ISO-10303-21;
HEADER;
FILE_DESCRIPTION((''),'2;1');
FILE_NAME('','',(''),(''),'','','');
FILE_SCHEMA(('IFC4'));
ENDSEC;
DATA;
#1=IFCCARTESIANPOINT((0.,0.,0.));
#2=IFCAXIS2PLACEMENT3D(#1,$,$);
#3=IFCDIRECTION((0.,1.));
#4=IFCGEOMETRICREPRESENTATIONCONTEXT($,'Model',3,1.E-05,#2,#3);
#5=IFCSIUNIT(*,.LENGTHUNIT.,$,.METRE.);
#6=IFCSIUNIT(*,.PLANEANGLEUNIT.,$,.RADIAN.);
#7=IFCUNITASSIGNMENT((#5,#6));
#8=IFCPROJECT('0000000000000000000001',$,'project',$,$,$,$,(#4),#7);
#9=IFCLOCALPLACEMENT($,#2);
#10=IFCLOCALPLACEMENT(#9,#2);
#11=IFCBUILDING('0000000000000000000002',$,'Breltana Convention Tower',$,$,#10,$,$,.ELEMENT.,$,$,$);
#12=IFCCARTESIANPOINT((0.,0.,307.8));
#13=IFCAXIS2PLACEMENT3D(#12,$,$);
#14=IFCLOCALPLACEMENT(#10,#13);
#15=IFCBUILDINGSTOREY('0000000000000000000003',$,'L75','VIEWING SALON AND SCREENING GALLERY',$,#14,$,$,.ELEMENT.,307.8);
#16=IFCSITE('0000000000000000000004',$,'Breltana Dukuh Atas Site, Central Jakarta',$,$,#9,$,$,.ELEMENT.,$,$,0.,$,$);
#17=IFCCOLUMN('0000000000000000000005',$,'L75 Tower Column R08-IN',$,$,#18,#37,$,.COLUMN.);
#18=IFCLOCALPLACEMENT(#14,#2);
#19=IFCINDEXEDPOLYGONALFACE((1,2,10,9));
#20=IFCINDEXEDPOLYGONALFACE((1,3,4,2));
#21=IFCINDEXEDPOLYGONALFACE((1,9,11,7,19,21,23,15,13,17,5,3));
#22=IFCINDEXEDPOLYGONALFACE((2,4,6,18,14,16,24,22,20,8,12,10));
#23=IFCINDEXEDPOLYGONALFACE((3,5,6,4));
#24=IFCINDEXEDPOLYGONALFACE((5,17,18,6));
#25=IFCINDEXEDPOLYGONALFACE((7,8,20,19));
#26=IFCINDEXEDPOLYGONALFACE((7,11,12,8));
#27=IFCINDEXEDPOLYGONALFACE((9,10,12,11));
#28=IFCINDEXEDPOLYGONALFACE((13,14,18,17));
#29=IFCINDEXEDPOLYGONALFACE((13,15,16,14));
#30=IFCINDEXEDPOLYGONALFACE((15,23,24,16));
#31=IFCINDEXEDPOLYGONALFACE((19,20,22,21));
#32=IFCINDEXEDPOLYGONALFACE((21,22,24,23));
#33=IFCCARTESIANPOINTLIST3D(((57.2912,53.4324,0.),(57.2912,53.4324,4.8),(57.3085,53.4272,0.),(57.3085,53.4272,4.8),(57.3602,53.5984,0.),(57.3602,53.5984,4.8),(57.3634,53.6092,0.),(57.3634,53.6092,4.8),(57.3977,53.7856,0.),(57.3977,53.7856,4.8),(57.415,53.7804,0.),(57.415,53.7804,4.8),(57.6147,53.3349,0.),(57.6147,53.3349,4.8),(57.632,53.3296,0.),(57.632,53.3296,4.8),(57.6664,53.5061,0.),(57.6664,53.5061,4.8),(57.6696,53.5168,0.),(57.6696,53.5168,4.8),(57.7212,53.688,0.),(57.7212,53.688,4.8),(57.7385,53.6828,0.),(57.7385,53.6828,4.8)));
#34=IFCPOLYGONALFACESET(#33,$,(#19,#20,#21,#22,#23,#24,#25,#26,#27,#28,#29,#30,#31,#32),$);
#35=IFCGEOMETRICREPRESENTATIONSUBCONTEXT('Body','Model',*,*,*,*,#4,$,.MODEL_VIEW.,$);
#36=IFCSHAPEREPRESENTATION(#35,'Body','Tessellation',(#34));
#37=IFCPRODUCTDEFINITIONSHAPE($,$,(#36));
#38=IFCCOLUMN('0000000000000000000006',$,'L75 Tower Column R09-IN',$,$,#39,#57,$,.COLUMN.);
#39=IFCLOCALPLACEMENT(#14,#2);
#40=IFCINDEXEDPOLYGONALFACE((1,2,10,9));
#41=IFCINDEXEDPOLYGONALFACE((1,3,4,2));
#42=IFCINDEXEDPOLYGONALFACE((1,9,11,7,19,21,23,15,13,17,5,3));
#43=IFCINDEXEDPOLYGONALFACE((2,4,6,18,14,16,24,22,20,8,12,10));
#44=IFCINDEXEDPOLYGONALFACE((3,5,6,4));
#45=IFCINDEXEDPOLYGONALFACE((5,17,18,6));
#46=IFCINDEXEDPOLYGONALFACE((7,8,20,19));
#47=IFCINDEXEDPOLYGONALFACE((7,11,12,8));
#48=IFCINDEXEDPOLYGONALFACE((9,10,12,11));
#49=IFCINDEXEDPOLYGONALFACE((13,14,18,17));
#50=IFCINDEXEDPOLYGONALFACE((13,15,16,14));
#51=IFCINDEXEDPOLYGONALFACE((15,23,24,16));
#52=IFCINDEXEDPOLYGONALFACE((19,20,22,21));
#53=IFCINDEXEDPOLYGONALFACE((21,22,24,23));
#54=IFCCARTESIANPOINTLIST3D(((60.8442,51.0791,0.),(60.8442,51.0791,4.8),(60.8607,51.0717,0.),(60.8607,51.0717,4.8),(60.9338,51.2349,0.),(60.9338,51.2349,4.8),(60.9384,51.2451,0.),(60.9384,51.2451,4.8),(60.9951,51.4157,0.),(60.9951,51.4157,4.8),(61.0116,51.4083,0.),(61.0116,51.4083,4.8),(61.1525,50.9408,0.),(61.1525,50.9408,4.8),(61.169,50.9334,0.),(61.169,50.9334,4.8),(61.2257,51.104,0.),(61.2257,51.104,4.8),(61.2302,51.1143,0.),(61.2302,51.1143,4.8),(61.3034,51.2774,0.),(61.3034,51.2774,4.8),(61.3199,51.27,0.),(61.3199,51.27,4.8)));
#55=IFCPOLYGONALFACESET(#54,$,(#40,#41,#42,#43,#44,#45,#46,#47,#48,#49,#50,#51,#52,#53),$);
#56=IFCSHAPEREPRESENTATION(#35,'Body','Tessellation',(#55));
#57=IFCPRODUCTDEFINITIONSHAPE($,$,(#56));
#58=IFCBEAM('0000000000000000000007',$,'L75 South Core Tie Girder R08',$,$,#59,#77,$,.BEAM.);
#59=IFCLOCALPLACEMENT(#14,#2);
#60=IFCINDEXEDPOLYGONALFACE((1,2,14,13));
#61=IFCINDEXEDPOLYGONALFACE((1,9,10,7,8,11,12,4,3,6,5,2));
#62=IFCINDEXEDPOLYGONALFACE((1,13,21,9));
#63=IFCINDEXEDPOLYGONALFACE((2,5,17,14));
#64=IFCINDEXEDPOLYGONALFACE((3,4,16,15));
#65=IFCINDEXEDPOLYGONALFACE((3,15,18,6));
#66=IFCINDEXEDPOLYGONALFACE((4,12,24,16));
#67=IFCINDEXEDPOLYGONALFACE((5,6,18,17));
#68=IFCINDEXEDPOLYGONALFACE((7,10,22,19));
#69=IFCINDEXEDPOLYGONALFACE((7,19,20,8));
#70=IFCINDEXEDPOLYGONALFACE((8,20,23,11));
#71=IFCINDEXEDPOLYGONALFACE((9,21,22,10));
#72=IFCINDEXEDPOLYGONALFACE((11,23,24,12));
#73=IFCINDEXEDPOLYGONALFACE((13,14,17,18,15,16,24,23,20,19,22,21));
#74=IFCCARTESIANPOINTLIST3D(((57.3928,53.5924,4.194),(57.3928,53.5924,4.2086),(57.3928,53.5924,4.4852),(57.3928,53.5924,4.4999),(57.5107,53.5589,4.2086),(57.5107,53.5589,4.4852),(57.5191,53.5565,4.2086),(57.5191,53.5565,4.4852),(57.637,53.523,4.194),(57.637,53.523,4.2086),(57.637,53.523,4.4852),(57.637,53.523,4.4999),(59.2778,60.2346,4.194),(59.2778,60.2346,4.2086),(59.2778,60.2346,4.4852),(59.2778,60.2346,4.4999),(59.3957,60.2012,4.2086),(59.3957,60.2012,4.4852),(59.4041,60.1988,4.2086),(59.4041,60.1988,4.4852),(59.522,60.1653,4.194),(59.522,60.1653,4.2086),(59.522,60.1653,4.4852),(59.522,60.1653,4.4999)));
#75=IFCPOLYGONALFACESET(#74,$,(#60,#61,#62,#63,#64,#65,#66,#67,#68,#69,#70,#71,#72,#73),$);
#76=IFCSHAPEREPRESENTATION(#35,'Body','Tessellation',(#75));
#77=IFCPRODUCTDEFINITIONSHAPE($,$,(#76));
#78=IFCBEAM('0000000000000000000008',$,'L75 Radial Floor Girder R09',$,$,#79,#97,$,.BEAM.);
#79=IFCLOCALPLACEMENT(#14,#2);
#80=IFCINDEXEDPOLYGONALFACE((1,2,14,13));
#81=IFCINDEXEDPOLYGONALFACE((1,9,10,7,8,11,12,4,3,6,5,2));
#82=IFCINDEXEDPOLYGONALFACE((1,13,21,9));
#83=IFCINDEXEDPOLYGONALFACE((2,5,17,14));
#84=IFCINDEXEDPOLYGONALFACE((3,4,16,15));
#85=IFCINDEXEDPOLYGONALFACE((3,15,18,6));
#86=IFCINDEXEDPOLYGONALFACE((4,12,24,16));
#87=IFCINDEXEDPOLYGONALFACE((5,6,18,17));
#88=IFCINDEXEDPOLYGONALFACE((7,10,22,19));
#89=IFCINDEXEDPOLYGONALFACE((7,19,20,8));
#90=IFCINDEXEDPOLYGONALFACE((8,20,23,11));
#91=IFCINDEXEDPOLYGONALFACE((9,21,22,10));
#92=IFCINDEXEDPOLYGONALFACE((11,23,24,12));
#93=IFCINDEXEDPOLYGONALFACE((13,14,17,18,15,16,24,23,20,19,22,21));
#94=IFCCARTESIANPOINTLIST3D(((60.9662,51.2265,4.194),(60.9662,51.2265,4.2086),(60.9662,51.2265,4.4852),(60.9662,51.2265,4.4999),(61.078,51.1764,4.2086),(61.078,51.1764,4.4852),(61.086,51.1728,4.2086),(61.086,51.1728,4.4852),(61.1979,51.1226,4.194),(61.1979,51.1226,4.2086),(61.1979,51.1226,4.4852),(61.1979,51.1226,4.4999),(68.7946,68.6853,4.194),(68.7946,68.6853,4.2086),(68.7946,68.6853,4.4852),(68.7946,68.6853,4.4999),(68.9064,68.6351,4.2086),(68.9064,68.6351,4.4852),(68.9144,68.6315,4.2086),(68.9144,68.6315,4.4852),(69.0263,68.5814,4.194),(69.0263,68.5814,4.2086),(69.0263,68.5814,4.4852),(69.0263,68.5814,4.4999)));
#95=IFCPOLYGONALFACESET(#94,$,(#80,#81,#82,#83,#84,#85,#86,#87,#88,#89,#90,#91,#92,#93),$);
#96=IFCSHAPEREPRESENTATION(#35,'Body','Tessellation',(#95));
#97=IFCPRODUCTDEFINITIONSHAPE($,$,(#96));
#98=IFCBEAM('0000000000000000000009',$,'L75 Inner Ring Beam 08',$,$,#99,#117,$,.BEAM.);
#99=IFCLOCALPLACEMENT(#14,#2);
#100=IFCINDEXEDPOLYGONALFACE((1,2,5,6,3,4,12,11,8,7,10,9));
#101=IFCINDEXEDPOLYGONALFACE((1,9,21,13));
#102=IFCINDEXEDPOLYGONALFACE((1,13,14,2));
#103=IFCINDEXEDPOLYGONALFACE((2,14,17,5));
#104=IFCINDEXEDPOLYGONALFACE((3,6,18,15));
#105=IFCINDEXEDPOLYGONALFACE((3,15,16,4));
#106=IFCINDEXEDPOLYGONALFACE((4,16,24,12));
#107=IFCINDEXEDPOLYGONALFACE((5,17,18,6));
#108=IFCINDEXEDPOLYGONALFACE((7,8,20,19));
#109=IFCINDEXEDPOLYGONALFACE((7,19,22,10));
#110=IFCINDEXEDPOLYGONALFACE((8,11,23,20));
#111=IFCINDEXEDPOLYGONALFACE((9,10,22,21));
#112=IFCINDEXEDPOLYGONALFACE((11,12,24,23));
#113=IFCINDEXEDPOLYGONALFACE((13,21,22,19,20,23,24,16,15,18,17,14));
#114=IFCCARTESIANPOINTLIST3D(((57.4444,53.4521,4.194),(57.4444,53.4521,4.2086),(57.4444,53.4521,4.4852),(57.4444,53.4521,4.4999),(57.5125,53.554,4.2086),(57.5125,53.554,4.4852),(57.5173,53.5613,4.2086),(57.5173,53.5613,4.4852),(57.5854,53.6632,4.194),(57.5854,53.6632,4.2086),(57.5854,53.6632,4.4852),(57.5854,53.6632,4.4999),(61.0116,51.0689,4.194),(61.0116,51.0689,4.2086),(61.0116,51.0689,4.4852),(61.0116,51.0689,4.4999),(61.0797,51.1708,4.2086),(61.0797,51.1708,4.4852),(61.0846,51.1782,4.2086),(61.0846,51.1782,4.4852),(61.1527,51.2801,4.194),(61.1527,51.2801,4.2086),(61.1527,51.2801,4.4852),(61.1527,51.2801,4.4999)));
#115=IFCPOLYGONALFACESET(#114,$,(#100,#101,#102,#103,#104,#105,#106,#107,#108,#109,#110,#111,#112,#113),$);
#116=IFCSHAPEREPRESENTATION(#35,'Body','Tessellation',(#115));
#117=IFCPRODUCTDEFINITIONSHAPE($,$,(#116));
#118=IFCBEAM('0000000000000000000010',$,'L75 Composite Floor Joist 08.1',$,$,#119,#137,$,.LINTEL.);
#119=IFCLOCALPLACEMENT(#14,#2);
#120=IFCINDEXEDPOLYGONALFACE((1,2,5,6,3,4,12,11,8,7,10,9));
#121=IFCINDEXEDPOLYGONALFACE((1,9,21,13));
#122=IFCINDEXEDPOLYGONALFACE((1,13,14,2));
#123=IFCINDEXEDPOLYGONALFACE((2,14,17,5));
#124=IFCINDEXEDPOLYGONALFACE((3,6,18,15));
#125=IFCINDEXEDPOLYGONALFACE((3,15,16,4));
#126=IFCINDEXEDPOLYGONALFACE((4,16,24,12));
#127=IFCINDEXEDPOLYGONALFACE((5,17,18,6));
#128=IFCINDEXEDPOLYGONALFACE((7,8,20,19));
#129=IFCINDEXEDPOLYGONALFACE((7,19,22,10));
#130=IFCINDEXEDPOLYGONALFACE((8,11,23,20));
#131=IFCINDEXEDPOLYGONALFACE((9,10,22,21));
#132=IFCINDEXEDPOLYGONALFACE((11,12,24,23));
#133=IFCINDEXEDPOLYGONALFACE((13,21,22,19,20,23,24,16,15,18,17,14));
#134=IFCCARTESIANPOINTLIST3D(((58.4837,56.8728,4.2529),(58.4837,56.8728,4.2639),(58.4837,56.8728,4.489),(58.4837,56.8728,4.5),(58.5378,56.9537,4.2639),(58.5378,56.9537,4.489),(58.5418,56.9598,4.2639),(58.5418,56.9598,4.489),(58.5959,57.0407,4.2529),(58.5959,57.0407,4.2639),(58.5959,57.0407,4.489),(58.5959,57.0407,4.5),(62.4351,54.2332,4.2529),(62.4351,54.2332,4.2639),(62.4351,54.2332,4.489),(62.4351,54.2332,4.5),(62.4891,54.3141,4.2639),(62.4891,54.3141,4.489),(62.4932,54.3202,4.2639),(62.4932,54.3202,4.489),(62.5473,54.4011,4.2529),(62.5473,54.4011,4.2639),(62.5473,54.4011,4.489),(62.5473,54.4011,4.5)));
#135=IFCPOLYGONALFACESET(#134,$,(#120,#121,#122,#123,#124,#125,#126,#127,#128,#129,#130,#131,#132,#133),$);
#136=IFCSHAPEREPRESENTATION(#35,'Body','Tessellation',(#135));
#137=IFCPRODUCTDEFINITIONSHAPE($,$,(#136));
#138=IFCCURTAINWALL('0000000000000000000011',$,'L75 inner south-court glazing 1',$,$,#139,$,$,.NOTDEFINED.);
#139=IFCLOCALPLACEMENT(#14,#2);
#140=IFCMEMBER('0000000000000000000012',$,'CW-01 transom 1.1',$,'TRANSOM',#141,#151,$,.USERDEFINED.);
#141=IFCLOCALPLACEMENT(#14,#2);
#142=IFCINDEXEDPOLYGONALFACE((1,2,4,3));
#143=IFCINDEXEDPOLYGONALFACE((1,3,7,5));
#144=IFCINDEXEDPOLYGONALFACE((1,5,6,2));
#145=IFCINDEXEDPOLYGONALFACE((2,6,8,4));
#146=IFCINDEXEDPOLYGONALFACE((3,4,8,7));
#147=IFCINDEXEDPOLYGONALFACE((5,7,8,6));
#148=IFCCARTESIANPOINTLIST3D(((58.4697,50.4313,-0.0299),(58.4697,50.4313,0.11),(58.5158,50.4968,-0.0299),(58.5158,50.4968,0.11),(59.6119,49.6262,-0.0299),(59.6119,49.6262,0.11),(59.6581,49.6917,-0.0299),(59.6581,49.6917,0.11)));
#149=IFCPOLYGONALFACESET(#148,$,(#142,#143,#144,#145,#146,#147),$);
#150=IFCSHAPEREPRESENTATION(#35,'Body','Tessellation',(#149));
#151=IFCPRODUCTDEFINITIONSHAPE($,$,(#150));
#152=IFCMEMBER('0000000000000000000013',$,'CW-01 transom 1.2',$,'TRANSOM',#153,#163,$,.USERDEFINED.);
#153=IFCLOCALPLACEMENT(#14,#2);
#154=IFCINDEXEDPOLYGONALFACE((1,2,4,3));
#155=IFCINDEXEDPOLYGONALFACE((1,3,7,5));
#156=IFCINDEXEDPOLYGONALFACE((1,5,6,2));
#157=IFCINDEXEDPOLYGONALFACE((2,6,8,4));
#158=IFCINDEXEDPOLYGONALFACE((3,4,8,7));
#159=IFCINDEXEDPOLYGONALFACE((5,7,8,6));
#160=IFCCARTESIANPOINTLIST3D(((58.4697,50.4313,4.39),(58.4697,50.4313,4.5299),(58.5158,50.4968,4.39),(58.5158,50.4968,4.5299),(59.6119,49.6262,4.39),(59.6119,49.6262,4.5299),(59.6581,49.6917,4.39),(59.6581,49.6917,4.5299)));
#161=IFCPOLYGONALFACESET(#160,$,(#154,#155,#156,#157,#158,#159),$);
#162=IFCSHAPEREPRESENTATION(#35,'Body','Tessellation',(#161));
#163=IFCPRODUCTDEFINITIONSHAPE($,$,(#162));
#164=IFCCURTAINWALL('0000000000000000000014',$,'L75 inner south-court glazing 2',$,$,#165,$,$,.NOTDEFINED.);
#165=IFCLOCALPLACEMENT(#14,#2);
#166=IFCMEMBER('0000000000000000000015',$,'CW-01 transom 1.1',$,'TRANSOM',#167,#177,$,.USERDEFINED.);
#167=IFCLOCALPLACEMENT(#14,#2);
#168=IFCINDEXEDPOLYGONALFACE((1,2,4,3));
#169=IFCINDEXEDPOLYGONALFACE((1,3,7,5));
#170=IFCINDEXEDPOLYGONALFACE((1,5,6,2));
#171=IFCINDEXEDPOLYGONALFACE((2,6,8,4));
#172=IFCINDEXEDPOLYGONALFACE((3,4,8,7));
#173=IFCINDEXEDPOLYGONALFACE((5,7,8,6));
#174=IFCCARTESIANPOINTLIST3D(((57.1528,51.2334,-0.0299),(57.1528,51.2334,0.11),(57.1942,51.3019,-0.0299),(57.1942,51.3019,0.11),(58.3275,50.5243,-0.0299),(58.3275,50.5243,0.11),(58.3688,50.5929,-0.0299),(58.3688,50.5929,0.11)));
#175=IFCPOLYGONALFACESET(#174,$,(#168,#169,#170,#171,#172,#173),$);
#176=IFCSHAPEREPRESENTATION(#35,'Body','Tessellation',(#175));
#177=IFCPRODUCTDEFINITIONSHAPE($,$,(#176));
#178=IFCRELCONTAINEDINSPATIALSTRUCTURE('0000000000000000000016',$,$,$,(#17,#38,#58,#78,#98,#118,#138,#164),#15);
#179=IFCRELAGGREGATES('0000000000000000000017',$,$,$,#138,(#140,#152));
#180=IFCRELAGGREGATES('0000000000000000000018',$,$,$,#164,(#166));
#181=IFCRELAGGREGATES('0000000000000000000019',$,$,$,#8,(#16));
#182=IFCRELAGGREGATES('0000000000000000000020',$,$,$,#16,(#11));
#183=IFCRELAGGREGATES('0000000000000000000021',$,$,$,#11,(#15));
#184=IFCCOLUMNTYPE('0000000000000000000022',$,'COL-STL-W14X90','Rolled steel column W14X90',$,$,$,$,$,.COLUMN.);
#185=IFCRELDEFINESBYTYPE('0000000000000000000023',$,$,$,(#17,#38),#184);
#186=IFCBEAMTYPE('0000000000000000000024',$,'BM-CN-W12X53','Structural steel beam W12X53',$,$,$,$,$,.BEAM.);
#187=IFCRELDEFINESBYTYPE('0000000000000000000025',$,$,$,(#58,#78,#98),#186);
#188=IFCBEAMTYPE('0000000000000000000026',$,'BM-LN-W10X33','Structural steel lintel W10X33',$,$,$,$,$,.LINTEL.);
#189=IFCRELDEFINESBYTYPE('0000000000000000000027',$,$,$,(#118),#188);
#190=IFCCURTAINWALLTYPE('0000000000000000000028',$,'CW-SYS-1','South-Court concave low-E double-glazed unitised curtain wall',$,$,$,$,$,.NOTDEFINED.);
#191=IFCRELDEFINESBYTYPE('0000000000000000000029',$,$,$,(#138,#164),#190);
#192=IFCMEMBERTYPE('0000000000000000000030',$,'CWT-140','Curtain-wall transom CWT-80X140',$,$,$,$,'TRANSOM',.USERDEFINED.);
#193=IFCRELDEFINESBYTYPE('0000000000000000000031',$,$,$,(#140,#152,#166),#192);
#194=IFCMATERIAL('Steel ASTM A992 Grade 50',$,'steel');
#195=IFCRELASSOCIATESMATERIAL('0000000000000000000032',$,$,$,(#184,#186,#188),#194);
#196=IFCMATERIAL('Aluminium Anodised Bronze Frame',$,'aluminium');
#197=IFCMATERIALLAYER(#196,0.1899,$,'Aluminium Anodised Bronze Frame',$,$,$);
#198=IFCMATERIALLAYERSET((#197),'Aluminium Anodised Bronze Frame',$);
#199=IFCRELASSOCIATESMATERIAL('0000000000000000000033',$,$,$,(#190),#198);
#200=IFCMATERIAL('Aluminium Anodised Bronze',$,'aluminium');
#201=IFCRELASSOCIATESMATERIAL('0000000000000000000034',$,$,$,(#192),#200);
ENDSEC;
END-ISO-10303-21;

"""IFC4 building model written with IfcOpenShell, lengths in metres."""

from ifc_helpers import new_model, si_unit, direction, frame, origin, origin_2d, place, context, subcontext, project, spatial, rectangle, i_section, extrude, source, transform, mapped, material, layer, layer_set, material_profile, profile_set, type_object, type_shapes, element, aggregate, save


model = new_model("IFC4")

# Units and contexts
model_context = context("Model", 3, precision=1e-05, world=origin(), true_north=direction((0.0, 1.0)))
body_context = subcontext(model_context, "Body", "Model", "MODEL_VIEW")
ifc_project = project(units=[si_unit("LENGTHUNIT", "METRE"), si_unit("PLANEANGLEUNIT", "RADIAN")], contexts=[model_context])

# Site, building, storey
site_placement = place(None, origin())
site = spatial("IfcSite", under=ifc_project, at=site_placement, Name="Breltana Dukuh Atas Site, Central Jakarta", CompositionType="ELEMENT", RefElevation=0.0)
building_placement = place(site_placement, origin())
building = spatial("IfcBuilding", under=site, at=building_placement, Name="Breltana Convention Tower", CompositionType="ELEMENT")
storey_placement = place(building_placement, frame((0.0, 0.0, 307.8)))
storey = spatial("IfcBuildingStorey", under=building, at=storey_placement, Name="L75", Description="VIEWING SALON AND SCREENING GALLERY", CompositionType="ELEMENT", Elevation=307.8)

# Columns
ifc_material_1 = material(Name="Steel ASTM A992 Grade 50", Category="steel")
ifc_material_profile_1 = material_profile(ifc_material_1, i_section(OverallWidth=0.3689, OverallDepth=0.356, WebThickness=0.0112, FlangeThickness=0.0181, at=origin_2d()), Name="W14X90")
ifc_profile_set_1 = profile_set([ifc_material_profile_1], Name="Steel ASTM A992 Grade 50")
column_type = type_object("IfcColumnType", Name="COL-STL-W14X90", Description="Rolled steel column W14X90", PredefinedType="COLUMN", material=ifc_profile_set_1)
shared_shape_1 = source(origin(), body_context, "Body", "SweptSolid", [
    extrude(i_section(OverallWidth=0.3689, OverallDepth=0.356, WebThickness=0.0112, FlangeThickness=0.0181, at=origin_2d()), origin(), (0.0, 0.0, 1.0), 4.8),
])
type_shapes(column_type, [shared_shape_1])
for number, where, z_axis, x_axis, name in (
    (1, (57.5149, 53.5576, 0.0), (0.0, 0.0, 1.0), (0.288698, 0.95742, 0.0), "L75 Tower Column R08-IN"),
    (2, (61.082, 51.1746, 0.0), (0.0, 0.0, 1.0), (0.409127, 0.912477, 0.0), "L75 Tower Column R09-IN"),
):
    element("IfcColumn", number, at=place(storey_placement, frame(where, z_axis=z_axis, x_axis=x_axis)), inside=storey, type_object=column_type, Name=name, PredefinedType="COLUMN", context=body_context, shape_type="MappedRepresentation", body=[
        mapped(shared_shape_1, transform((0.0, 0.0, 0.0), scale=1.0)),
    ])

# Beams
ifc_material_profile_2 = material_profile(ifc_material_1, i_section(OverallWidth=0.2539, OverallDepth=0.3059, WebThickness=0.0088, FlangeThickness=0.0146, at=origin_2d()), Name="W12X53")
ifc_profile_set_2 = profile_set([ifc_material_profile_2], Name="Steel ASTM A992 Grade 50")
beam_type_1 = type_object("IfcBeamType", Name="BM-CN-W12X53", Description="Structural steel beam W12X53", PredefinedType="BEAM", material=ifc_profile_set_2)
shared_shape_2 = source(origin(), body_context, "Body", "SweptSolid", [
    extrude(i_section(OverallWidth=0.2539, OverallDepth=0.3059, WebThickness=0.0088, FlangeThickness=0.0146, at=origin_2d()), origin(), (0.0, 0.0, 1.0), 6.9045),
])
beam_1_placement = place(storey_placement, frame((59.3999, 60.2, 4.3469), z_axis=(-0.273007, -0.962012, 0.0), x_axis=(0.962012, -0.273007, 0.0)))
element("IfcBeam", 3, at=beam_1_placement, inside=storey, type_object=beam_type_1, Name="L75 South Core Tie Girder R08", PredefinedType="BEAM", context=body_context, shape_type="MappedRepresentation", body=[
    mapped(shared_shape_2, transform((0.0, 0.0, 0.0), scale=1.0)),
])
shared_shape_3 = source(origin(), body_context, "Body", "SweptSolid", [
    extrude(i_section(OverallWidth=0.2539, OverallDepth=0.3059, WebThickness=0.0088, FlangeThickness=0.0146, at=origin_2d()), origin(), (0.0, 0.0, 1.0), 19.1335),
])
beam_2_placement = place(storey_placement, frame((61.082, 51.1746, 4.3469), z_axis=(0.409145, 0.91247, 0.0), x_axis=(-0.91247, 0.409145, 0.0)))
element("IfcBeam", 4, at=beam_2_placement, inside=storey, type_object=beam_type_1, Name="L75 Radial Floor Girder R09", PredefinedType="BEAM", context=body_context, shape_type="MappedRepresentation", body=[
    mapped(shared_shape_3, transform((0.0, 0.0, 0.0), scale=1.0)),
])
shared_shape_4 = source(origin(), body_context, "Body", "SweptSolid", [
    extrude(i_section(OverallWidth=0.2539, OverallDepth=0.3059, WebThickness=0.0088, FlangeThickness=0.0146, at=origin_2d()), origin(), (0.0, 0.0, 1.0), 4.29),
])
beam_3_placement = place(storey_placement, frame((57.5149, 53.5576, 4.3469), z_axis=(0.831516, -0.555501, 0.0), x_axis=(0.555501, 0.831516, 0.0)))
element("IfcBeam", 5, at=beam_3_placement, inside=storey, type_object=beam_type_1, Name="L75 Inner Ring Beam 08", PredefinedType="BEAM", context=body_context, shape_type="MappedRepresentation", body=[
    mapped(shared_shape_4, transform((0.0, 0.0, 0.0), scale=1.0)),
])
ifc_material_profile_3 = material_profile(ifc_material_1, i_section(OverallWidth=0.2019, OverallDepth=0.2471, WebThickness=0.0073, FlangeThickness=0.011, at=origin_2d()), Name="W10X33")
ifc_profile_set_3 = profile_set([ifc_material_profile_3], Name="Steel ASTM A992 Grade 50")
beam_type_2 = type_object("IfcBeamType", Name="BM-LN-W10X33", Description="Structural steel lintel W10X33", PredefinedType="LINTEL", material=ifc_profile_set_3)
shared_shape_5 = source(origin(), body_context, "Body", "SweptSolid", [
    extrude(i_section(OverallWidth=0.2019, OverallDepth=0.2471, WebThickness=0.0073, FlangeThickness=0.011, at=origin_2d()), origin(), (0.0, 0.0, 1.0), 4.752),
])
beam_4_placement = place(storey_placement, frame((58.5398, 56.9568, 4.3765), z_axis=(0.831528, -0.555482, 0.0), x_axis=(0.555482, 0.831528, 0.0)))
element("IfcBeam", 6, at=beam_4_placement, inside=storey, type_object=beam_type_2, Name="L75 Composite Floor Joist 08.1", PredefinedType="LINTEL", context=body_context, shape_type="MappedRepresentation", body=[
    mapped(shared_shape_5, transform((0.0, 0.0, 0.0), scale=1.0)),
])

# Curtain walls, members
ifc_material_2 = material(Name="Aluminium Anodised Bronze Frame", Category="aluminium")
ifc_layer_1 = layer(ifc_material_2, 0.1899, Name="Aluminium Anodised Bronze Frame")
ifc_layer_set_1 = layer_set([ifc_layer_1], Name="Aluminium Anodised Bronze Frame")
curtain_wall_type = type_object("IfcCurtainWallType", Name="CW-SYS-1", Description="South-Court concave low-E double-glazed unitised curtain wall", PredefinedType="NOTDEFINED", material=ifc_layer_set_1)
curtain_wall_1_placement = place(storey_placement, origin())
curtain_wall_1 = element("IfcCurtainWall", 7, at=curtain_wall_1_placement, inside=storey, type_object=curtain_wall_type, Name="L75 inner south-court glazing 1", PredefinedType="NOTDEFINED")
ifc_material_3 = material(Name="Aluminium Anodised Bronze", Category="aluminium")
ifc_material_profile_4 = material_profile(ifc_material_3, rectangle(XDim=0.0801, YDim=0.1399, at=origin_2d()), Name="CWT-80X140")
ifc_profile_set_4 = profile_set([ifc_material_profile_4], Name="Aluminium Anodised Bronze")
member_type_1 = type_object("IfcMemberType", Name="CWT-140", Description="Curtain-wall transom CWT-80X140", ElementType="TRANSOM", PredefinedType="USERDEFINED", material=ifc_profile_set_4)
shared_shape_6 = source(origin(), body_context, "Body", "SweptSolid", [
    extrude(rectangle(XDim=0.0801, YDim=0.1399, at=origin_2d()), origin(), (0.0, 0.0, 1.0), 1.3975),
])
member_1_placement = place(storey_placement, frame((59.635, 49.6589, 0.04), z_axis=(-0.817365, 0.576121, 0.0), x_axis=(-0.576121, -0.817365, 0.0)))
member_1 = element("IfcMember", 8, at=member_1_placement, type_object=member_type_1, Name="CW-01 transom 1.1", ObjectType="TRANSOM", PredefinedType="USERDEFINED", context=body_context, shape_type="MappedRepresentation", body=[
    mapped(shared_shape_6, transform((0.0, 0.0, 0.0), scale=1.0)),
])
member_2_placement = place(storey_placement, frame((59.635, 49.6589, 4.46), z_axis=(-0.817365, 0.576121, 0.0), x_axis=(-0.576121, -0.817365, 0.0)))
member_2 = element("IfcMember", 9, at=member_2_placement, type_object=member_type_1, Name="CW-01 transom 1.2", ObjectType="TRANSOM", PredefinedType="USERDEFINED", context=body_context, shape_type="MappedRepresentation", body=[
    mapped(shared_shape_6, transform((0.0, 0.0, 0.0), scale=1.0)),
])
curtain_wall_2_placement = place(storey_placement, origin())
curtain_wall_2 = element("IfcCurtainWall", 10, at=curtain_wall_2_placement, inside=storey, type_object=curtain_wall_type, Name="L75 inner south-court glazing 2", PredefinedType="NOTDEFINED")
shared_shape_7 = source(origin(), body_context, "Body", "SweptSolid", [
    extrude(rectangle(XDim=0.0801, YDim=0.1399, at=origin_2d()), origin(), (0.0, 0.0, 1.0), 1.3721),
])
member_3_placement = place(storey_placement, frame((58.3481, 50.5586, 0.04), z_axis=(-0.856124, 0.516771, 0.0), x_axis=(-0.516771, -0.856124, 0.0)))
member_3 = element("IfcMember", 11, at=member_3_placement, type_object=member_type_1, Name="CW-01 transom 1.1", ObjectType="TRANSOM", PredefinedType="USERDEFINED", context=body_context, shape_type="MappedRepresentation", body=[
    mapped(shared_shape_7, transform((0.0, 0.0, 0.0), scale=1.0)),
])

aggregate(curtain_wall_1, [member_1, member_2])
aggregate(curtain_wall_2, [member_3])

save(model, "model.ifc")
